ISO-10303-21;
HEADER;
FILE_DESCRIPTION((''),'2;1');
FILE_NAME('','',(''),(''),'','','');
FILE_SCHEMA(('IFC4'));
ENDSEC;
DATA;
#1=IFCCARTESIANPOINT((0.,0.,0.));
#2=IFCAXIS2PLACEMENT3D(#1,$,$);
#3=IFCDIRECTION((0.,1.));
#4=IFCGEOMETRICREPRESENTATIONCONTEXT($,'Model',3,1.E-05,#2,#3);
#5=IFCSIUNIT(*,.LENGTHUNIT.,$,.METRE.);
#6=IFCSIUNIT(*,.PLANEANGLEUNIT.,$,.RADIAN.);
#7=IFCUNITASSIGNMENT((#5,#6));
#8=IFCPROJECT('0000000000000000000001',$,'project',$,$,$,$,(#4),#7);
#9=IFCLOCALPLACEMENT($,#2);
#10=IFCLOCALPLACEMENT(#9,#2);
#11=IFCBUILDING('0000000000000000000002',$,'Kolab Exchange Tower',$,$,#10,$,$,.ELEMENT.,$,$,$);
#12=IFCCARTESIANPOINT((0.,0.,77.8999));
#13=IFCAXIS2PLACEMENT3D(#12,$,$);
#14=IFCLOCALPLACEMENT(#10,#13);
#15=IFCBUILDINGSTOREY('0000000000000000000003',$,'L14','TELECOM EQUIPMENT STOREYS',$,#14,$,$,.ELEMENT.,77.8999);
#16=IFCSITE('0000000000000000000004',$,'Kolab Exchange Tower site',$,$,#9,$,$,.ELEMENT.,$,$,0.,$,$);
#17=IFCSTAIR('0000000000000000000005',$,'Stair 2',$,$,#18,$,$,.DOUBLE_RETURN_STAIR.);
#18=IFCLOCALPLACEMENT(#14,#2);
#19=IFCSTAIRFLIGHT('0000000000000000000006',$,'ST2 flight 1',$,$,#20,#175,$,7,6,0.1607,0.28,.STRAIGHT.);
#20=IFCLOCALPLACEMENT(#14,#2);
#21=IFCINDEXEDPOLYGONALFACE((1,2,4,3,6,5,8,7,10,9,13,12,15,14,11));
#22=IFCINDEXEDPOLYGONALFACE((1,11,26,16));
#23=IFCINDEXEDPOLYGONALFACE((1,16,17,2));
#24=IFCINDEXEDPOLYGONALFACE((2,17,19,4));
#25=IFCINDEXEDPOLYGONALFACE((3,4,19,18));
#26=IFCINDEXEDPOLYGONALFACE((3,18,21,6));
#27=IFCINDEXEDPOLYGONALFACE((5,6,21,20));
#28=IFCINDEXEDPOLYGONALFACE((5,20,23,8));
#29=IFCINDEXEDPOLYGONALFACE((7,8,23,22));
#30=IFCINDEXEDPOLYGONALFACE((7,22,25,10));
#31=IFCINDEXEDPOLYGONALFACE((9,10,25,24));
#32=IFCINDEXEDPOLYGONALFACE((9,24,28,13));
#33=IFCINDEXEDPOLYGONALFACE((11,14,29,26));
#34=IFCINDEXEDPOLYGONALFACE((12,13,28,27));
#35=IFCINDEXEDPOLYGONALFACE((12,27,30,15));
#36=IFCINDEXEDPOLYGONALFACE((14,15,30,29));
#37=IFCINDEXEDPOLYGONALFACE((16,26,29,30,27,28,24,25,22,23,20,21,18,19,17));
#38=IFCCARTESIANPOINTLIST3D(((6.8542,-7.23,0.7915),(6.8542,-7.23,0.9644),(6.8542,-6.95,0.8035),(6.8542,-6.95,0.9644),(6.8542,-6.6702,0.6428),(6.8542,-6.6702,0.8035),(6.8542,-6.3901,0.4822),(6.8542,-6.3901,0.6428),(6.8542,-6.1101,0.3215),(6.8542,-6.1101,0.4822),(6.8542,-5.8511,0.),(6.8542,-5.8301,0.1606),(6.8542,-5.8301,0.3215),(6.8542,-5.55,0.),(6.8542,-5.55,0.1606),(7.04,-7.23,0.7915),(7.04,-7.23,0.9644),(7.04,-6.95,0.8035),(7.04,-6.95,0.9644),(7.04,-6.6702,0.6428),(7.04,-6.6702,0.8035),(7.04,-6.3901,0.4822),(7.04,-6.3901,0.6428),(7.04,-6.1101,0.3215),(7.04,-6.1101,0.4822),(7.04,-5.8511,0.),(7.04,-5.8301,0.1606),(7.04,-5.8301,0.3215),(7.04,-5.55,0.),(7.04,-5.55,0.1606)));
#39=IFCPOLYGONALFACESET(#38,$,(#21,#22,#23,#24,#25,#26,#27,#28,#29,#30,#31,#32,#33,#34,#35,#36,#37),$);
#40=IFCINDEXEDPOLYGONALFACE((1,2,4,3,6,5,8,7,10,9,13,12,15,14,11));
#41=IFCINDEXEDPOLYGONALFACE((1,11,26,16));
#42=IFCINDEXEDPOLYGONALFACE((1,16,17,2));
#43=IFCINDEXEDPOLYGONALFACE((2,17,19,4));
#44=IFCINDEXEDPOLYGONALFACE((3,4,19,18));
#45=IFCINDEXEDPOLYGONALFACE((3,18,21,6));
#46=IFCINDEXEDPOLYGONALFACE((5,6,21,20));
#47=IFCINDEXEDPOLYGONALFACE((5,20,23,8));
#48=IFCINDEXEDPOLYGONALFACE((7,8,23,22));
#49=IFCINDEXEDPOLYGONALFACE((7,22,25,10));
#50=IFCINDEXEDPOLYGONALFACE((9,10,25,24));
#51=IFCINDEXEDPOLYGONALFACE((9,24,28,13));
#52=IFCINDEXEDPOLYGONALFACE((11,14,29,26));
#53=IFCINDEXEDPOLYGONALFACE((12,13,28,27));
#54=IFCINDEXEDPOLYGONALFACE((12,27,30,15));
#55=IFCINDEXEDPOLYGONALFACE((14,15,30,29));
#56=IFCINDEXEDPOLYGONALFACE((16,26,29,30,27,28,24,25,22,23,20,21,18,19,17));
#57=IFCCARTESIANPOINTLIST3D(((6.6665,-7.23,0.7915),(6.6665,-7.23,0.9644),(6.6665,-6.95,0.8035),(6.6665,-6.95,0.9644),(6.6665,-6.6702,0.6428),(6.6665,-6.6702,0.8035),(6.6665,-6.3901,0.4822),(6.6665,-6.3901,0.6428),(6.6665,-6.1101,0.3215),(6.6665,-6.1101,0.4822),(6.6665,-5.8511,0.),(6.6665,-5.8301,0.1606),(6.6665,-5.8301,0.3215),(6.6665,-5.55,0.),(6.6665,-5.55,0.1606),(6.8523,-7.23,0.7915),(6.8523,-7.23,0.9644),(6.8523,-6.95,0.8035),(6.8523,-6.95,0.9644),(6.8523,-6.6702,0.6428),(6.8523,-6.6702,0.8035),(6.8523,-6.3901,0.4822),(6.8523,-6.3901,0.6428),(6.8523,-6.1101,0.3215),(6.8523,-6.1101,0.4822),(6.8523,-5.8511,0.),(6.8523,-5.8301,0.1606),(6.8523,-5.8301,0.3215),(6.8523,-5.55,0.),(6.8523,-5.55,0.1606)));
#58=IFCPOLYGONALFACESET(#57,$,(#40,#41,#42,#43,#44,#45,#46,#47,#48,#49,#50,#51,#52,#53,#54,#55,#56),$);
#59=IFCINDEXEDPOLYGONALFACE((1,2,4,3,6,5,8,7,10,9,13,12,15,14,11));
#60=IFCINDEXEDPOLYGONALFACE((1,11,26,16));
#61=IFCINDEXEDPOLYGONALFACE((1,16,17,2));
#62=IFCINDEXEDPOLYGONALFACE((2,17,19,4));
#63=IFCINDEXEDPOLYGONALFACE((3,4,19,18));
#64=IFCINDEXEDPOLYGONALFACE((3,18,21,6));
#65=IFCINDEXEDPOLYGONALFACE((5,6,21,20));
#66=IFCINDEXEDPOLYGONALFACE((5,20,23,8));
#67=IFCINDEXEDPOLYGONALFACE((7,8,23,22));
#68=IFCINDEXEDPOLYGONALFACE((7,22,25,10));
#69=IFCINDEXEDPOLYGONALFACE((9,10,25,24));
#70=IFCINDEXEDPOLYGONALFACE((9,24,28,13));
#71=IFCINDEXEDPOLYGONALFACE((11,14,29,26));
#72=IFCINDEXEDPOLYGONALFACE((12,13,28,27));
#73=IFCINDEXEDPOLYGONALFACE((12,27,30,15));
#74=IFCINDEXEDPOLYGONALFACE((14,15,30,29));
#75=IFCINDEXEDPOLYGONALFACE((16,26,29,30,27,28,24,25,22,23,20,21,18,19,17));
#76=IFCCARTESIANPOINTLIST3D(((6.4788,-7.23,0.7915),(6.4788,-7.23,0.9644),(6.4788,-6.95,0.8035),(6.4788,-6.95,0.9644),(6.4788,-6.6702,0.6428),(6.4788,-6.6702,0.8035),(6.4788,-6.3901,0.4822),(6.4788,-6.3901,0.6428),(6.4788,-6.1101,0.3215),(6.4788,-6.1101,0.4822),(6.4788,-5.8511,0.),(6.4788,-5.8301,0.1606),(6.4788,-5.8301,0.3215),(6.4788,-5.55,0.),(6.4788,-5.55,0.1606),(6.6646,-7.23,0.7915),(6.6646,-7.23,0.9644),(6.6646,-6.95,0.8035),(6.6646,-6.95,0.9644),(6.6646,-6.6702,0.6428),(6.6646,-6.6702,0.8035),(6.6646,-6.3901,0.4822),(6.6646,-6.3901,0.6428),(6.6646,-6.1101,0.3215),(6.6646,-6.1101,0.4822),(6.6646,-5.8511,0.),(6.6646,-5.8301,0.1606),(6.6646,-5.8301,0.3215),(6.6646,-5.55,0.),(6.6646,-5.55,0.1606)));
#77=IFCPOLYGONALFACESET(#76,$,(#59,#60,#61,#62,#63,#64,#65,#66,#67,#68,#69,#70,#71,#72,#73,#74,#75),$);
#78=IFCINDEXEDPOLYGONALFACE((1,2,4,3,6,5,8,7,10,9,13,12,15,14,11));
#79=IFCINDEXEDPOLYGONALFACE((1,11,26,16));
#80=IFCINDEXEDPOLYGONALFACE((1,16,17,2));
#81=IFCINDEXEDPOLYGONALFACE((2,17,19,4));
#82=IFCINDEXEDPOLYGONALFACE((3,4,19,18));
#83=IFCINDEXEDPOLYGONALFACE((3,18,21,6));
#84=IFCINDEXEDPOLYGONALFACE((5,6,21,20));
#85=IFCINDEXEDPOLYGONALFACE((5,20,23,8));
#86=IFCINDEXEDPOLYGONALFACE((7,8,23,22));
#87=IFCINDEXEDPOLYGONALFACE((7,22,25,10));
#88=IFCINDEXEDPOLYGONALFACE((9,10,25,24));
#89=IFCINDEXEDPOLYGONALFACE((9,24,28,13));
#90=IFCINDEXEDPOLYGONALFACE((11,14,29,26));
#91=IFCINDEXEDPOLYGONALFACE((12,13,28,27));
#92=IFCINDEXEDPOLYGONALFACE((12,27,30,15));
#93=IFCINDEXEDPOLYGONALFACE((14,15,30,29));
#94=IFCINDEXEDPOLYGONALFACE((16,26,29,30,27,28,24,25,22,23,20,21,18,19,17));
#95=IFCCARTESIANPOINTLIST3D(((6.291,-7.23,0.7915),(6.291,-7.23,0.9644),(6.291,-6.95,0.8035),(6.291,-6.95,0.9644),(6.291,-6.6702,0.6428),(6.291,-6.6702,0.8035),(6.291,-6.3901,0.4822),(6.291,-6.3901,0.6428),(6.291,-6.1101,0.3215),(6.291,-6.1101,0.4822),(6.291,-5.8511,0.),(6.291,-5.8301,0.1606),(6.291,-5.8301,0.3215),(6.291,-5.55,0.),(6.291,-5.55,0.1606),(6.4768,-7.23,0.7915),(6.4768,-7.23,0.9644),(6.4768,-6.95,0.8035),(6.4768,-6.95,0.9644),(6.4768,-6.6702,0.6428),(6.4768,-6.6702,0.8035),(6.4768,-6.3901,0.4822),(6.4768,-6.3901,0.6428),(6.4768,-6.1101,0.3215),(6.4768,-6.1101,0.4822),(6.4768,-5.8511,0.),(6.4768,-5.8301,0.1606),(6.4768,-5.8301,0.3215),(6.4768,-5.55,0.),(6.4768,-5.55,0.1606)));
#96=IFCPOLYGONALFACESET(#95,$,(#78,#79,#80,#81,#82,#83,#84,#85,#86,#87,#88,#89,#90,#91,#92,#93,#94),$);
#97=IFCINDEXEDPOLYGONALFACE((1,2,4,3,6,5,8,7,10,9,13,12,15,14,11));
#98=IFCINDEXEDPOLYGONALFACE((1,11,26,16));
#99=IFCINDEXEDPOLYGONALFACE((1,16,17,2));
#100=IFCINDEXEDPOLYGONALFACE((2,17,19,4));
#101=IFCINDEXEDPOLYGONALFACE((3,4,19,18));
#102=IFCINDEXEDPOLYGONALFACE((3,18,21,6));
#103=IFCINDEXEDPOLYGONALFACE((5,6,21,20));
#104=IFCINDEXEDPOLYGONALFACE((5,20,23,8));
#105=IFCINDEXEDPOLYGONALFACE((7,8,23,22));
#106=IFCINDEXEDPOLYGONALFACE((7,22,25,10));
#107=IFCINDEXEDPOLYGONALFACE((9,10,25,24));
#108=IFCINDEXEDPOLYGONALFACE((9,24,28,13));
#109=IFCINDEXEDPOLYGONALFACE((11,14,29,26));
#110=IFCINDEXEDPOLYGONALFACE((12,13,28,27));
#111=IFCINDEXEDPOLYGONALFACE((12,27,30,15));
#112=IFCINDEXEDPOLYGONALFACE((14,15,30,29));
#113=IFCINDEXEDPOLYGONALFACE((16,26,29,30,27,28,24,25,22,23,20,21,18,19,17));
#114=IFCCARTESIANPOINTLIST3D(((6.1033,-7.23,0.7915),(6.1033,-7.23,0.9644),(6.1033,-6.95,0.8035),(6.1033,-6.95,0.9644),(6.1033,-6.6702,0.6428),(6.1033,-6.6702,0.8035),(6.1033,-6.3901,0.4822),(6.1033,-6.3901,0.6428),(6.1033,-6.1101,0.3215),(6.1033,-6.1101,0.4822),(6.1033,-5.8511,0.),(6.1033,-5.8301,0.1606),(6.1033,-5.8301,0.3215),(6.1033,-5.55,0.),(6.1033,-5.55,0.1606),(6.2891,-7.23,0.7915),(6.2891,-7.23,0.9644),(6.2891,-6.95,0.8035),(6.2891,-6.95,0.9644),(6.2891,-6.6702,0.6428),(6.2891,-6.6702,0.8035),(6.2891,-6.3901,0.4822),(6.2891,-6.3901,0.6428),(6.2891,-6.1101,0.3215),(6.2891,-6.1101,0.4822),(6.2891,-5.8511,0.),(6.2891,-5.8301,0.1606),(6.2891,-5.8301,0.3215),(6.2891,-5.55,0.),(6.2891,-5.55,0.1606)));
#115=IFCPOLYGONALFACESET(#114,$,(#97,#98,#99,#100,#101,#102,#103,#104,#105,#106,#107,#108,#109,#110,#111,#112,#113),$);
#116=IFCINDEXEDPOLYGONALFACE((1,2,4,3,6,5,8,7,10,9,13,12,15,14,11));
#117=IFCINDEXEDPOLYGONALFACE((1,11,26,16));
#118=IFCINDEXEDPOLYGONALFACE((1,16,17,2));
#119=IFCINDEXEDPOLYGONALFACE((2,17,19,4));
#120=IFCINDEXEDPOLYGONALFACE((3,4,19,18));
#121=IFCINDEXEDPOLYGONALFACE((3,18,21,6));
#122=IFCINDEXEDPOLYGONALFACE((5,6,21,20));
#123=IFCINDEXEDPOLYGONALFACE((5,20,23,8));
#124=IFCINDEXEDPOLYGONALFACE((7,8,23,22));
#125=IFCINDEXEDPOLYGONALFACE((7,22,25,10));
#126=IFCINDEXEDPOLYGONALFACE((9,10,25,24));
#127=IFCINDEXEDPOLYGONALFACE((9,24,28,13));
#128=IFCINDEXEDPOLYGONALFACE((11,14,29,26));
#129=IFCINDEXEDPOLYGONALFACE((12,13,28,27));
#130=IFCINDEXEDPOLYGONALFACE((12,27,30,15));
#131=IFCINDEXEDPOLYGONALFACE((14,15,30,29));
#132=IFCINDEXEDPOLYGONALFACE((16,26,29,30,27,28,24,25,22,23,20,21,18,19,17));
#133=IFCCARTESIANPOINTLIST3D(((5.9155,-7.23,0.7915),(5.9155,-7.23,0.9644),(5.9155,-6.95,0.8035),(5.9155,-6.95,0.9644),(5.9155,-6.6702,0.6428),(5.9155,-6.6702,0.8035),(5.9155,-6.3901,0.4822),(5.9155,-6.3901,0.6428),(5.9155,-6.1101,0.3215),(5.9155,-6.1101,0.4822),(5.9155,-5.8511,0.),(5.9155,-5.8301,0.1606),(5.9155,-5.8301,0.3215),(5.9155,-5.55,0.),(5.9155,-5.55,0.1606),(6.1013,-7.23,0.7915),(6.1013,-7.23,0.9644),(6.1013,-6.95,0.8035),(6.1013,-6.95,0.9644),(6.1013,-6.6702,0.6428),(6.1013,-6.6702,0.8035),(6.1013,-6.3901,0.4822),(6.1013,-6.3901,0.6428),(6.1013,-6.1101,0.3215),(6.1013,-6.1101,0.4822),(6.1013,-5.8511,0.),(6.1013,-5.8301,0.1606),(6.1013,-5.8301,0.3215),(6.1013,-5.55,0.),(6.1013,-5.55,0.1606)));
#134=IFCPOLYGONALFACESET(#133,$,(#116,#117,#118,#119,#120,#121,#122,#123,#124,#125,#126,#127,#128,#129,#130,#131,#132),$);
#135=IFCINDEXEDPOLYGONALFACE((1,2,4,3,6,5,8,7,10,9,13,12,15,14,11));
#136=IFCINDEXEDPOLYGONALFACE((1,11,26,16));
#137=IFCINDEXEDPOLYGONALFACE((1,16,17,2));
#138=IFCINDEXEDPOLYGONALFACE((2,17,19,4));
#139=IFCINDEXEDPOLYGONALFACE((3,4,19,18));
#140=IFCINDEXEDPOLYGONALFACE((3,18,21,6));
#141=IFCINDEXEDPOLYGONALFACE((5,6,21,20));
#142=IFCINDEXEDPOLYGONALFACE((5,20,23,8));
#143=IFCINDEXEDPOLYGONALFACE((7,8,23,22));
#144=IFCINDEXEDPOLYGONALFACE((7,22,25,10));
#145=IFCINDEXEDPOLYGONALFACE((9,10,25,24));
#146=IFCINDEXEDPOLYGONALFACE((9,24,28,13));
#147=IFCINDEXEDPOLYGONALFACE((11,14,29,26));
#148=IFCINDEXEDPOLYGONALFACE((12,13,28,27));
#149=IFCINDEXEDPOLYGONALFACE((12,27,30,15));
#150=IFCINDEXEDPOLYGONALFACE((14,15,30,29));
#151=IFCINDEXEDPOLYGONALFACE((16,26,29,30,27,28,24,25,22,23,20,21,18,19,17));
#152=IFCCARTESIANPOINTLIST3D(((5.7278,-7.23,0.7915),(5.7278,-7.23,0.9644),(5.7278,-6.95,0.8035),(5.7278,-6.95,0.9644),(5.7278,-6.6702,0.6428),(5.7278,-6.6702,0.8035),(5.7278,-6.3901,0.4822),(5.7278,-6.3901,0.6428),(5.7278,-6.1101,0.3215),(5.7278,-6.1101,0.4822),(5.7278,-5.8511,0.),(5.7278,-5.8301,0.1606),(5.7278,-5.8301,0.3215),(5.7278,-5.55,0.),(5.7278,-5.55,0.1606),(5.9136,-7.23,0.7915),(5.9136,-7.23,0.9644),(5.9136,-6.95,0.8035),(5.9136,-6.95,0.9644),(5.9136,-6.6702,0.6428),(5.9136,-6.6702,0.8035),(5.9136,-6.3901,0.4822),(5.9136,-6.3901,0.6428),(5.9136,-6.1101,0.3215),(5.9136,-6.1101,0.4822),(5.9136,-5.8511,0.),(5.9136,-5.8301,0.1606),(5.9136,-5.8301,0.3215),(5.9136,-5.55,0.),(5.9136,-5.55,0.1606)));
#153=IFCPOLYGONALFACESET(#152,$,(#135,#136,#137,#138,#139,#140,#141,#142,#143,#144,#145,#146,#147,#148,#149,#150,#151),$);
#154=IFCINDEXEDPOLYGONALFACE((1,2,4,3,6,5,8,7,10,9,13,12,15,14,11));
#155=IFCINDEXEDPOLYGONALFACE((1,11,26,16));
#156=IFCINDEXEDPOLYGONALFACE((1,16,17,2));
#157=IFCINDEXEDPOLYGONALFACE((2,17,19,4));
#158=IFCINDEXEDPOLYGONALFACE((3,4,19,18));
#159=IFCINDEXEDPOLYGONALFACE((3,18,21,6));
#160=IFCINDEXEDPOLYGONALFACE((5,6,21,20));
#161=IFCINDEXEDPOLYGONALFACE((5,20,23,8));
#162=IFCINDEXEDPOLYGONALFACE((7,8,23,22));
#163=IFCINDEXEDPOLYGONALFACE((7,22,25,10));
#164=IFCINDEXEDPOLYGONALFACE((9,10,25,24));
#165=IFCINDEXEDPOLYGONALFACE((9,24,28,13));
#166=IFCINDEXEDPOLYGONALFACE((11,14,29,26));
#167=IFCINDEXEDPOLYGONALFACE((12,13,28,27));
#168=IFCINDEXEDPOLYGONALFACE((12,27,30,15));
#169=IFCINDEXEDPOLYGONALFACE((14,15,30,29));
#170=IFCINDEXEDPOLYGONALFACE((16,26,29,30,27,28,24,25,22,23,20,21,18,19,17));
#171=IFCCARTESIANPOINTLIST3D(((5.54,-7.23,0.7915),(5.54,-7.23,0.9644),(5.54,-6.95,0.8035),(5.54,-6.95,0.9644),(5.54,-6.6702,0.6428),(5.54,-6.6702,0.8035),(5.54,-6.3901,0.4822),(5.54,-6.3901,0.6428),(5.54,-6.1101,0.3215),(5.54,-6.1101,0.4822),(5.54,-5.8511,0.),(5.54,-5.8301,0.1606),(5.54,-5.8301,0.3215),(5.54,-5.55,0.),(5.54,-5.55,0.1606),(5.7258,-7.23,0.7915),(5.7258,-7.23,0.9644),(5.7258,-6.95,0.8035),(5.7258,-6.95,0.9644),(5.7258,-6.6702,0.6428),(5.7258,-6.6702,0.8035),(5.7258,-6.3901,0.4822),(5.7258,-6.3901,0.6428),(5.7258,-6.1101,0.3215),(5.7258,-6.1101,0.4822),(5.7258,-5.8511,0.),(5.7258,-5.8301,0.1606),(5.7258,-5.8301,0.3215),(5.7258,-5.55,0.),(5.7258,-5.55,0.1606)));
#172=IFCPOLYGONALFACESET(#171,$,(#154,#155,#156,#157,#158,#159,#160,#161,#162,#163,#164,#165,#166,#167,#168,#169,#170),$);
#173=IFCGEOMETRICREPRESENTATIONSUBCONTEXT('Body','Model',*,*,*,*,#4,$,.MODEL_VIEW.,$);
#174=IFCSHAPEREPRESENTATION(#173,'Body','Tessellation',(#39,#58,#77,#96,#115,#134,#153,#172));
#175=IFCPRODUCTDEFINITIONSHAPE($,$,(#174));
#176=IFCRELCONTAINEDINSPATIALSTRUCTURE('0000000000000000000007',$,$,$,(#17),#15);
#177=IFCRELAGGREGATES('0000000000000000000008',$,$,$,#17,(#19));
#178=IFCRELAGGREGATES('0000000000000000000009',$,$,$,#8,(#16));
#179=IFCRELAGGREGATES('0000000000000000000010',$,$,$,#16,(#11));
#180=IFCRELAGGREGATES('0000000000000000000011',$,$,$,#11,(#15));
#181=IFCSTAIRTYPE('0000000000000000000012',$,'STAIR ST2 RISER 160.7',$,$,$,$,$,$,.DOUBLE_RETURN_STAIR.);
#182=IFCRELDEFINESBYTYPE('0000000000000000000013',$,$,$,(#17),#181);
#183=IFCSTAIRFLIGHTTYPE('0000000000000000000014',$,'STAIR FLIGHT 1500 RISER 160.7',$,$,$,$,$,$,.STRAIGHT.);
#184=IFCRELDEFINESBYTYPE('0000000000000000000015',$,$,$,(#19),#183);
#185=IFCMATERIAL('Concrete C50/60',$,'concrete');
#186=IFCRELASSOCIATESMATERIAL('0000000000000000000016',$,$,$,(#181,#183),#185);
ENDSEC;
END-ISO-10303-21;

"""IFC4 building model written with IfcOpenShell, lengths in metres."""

from ifc_helpers import new_model, si_unit, direction, frame, origin, place, context, subcontext, project, spatial, polyline, outline, extrude, material, type_object, element, aggregate, save


model = new_model("IFC4")

# Units and contexts
model_context = context("Model", 3, precision=1e-05, world=origin(), true_north=direction((0.0, 1.0)))
body_context = subcontext(model_context, "Body", "Model", "MODEL_VIEW")
ifc_project = project(units=[si_unit("LENGTHUNIT", "METRE"), si_unit("PLANEANGLEUNIT", "RADIAN")], contexts=[model_context])

# Site, building, storey
site_placement = place(None, origin())
site = spatial("IfcSite", under=ifc_project, at=site_placement, Name="Kolab Exchange Tower site", CompositionType="ELEMENT", RefElevation=0.0)
building_placement = place(site_placement, origin())
building = spatial("IfcBuilding", under=site, at=building_placement, Name="Kolab Exchange Tower", CompositionType="ELEMENT")
storey_placement = place(building_placement, frame((0.0, 0.0, 77.8999)))
storey = spatial("IfcBuildingStorey", under=building, at=storey_placement, Name="L14", Description="TELECOM EQUIPMENT STOREYS", CompositionType="ELEMENT", Elevation=77.8999)

# Shared definitions
ifc_material_1 = material(Name="Concrete C50/60", Category="concrete")

# Stair, stair flight
stair_type = type_object("IfcStairType", Name="STAIR ST2 RISER 160.7", PredefinedType="DOUBLE_RETURN_STAIR", material=ifc_material_1)
stair_placement = place(storey_placement, origin())
stair = element("IfcStair", 1, at=stair_placement, inside=storey, type_object=stair_type, Name="Stair 2", PredefinedType="DOUBLE_RETURN_STAIR")
stair_flight_type = type_object("IfcStairFlightType", Name="STAIR FLIGHT 1500 RISER 160.7", PredefinedType="STRAIGHT", material=ifc_material_1)
stair_flight_1_placement = place(storey_placement, frame((6.29, -5.55, 0.0), z_axis=(0.0, 0.0, 1.0), x_axis=(0.0, -1.0, 0.0)))
stair_flight_1 = element("IfcStairFlight", 2, at=stair_flight_1_placement, type_object=stair_flight_type, Name="ST2 flight 1", NumberOfRisers=7, NumberOfTreads=6, PredefinedType="STRAIGHT", RiserHeight=0.1607, TreadLength=0.28, context=body_context, shape_type="SweptSolid", body=[
    extrude(outline(polyline([(0.0, 0.0), (0.0, 0.1606), (0.28, 0.1606), (0.28, 0.3215), (0.5601, 0.3215), (0.5601, 0.4822), (0.8401, 0.4822), (0.8401, 0.6428), (1.1201, 0.6428), (1.1201, 0.8035), (1.3999, 0.8035), (1.3999, 0.9644), (1.6799, 0.9644), (1.6799, 1.125), (1.6799, 0.7915), (0.301, 0.0), (0.0, 0.0)])), frame((0.0, 0.75, 0.0), z_axis=(0.0, -1.0, 0.0), x_axis=(1.0, 0.0, 0.0)), (0.0, 0.0, 1.0), 0.1858),
    extrude(outline(polyline([(0.0, 0.0), (0.0, 0.1606), (0.28, 0.1606), (0.28, 0.3215), (0.5601, 0.3215), (0.5601, 0.4822), (0.8401, 0.4822), (0.8401, 0.6428), (1.1201, 0.6428), (1.1201, 0.8035), (1.3999, 0.8035), (1.3999, 0.9644), (1.6799, 0.9644), (1.6799, 1.125), (1.6799, 0.7915), (0.301, 0.0), (0.0, 0.0)])), frame((0.0, 0.5623, 0.0), z_axis=(0.0, -1.0, 0.0), x_axis=(1.0, 0.0, 0.0)), (0.0, 0.0, 1.0), 0.1858),
    extrude(outline(polyline([(0.0, 0.0), (0.0, 0.1606), (0.28, 0.1606), (0.28, 0.3215), (0.5601, 0.3215), (0.5601, 0.4822), (0.8401, 0.4822), (0.8401, 0.6428), (1.1201, 0.6428), (1.1201, 0.8035), (1.3999, 0.8035), (1.3999, 0.9644), (1.6799, 0.9644), (1.6799, 1.125), (1.6799, 0.7915), (0.301, 0.0), (0.0, 0.0)])), frame((0.0, 0.3745, 0.0), z_axis=(0.0, -1.0, 0.0), x_axis=(1.0, 0.0, 0.0)), (0.0, 0.0, 1.0), 0.1858),
    extrude(outline(polyline([(0.0, 0.0), (0.0, 0.1606), (0.28, 0.1606), (0.28, 0.3215), (0.5601, 0.3215), (0.5601, 0.4822), (0.8401, 0.4822), (0.8401, 0.6428), (1.1201, 0.6428), (1.1201, 0.8035), (1.3999, 0.8035), (1.3999, 0.9644), (1.6799, 0.9644), (1.6799, 1.125), (1.6799, 0.7915), (0.301, 0.0), (0.0, 0.0)])), frame((0.0, 0.1868, 0.0), z_axis=(0.0, -1.0, 0.0), x_axis=(1.0, 0.0, 0.0)), (0.0, 0.0, 1.0), 0.1858),
    extrude(outline(polyline([(0.0, 0.0), (0.0, 0.1606), (0.28, 0.1606), (0.28, 0.3215), (0.5601, 0.3215), (0.5601, 0.4822), (0.8401, 0.4822), (0.8401, 0.6428), (1.1201, 0.6428), (1.1201, 0.8035), (1.3999, 0.8035), (1.3999, 0.9644), (1.6799, 0.9644), (1.6799, 1.125), (1.6799, 0.7915), (0.301, 0.0), (0.0, 0.0)])), frame((0.0, -0.001, 0.0), z_axis=(0.0, -1.0, 0.0), x_axis=(1.0, 0.0, 0.0)), (0.0, 0.0, 1.0), 0.1858),
    extrude(outline(polyline([(0.0, 0.0), (0.0, 0.1606), (0.28, 0.1606), (0.28, 0.3215), (0.5601, 0.3215), (0.5601, 0.4822), (0.8401, 0.4822), (0.8401, 0.6428), (1.1201, 0.6428), (1.1201, 0.8035), (1.3999, 0.8035), (1.3999, 0.9644), (1.6799, 0.9644), (1.6799, 1.125), (1.6799, 0.7915), (0.301, 0.0), (0.0, 0.0)])), frame((0.0, -0.1887, 0.0), z_axis=(0.0, -1.0, 0.0), x_axis=(1.0, 0.0, 0.0)), (0.0, 0.0, 1.0), 0.1858),
    extrude(outline(polyline([(0.0, 0.0), (0.0, 0.1606), (0.28, 0.1606), (0.28, 0.3215), (0.5601, 0.3215), (0.5601, 0.4822), (0.8401, 0.4822), (0.8401, 0.6428), (1.1201, 0.6428), (1.1201, 0.8035), (1.3999, 0.8035), (1.3999, 0.9644), (1.6799, 0.9644), (1.6799, 1.125), (1.6799, 0.7915), (0.301, 0.0), (0.0, 0.0)])), frame((0.0, -0.3765, 0.0), z_axis=(0.0, -1.0, 0.0), x_axis=(1.0, 0.0, 0.0)), (0.0, 0.0, 1.0), 0.1858),
    extrude(outline(polyline([(0.0, 0.0), (0.0, 0.1606), (0.28, 0.1606), (0.28, 0.3215), (0.5601, 0.3215), (0.5601, 0.4822), (0.8401, 0.4822), (0.8401, 0.6428), (1.1201, 0.6428), (1.1201, 0.8035), (1.3999, 0.8035), (1.3999, 0.9644), (1.6799, 0.9644), (1.6799, 1.125), (1.6799, 0.7915), (0.301, 0.0), (0.0, 0.0)])), frame((0.0, -0.5642, 0.0), z_axis=(0.0, -1.0, 0.0), x_axis=(1.0, 0.0, 0.0)), (0.0, 0.0, 1.0), 0.1858),
])
aggregate(stair, [stair_flight_1])

save(model, "model.ifc")
